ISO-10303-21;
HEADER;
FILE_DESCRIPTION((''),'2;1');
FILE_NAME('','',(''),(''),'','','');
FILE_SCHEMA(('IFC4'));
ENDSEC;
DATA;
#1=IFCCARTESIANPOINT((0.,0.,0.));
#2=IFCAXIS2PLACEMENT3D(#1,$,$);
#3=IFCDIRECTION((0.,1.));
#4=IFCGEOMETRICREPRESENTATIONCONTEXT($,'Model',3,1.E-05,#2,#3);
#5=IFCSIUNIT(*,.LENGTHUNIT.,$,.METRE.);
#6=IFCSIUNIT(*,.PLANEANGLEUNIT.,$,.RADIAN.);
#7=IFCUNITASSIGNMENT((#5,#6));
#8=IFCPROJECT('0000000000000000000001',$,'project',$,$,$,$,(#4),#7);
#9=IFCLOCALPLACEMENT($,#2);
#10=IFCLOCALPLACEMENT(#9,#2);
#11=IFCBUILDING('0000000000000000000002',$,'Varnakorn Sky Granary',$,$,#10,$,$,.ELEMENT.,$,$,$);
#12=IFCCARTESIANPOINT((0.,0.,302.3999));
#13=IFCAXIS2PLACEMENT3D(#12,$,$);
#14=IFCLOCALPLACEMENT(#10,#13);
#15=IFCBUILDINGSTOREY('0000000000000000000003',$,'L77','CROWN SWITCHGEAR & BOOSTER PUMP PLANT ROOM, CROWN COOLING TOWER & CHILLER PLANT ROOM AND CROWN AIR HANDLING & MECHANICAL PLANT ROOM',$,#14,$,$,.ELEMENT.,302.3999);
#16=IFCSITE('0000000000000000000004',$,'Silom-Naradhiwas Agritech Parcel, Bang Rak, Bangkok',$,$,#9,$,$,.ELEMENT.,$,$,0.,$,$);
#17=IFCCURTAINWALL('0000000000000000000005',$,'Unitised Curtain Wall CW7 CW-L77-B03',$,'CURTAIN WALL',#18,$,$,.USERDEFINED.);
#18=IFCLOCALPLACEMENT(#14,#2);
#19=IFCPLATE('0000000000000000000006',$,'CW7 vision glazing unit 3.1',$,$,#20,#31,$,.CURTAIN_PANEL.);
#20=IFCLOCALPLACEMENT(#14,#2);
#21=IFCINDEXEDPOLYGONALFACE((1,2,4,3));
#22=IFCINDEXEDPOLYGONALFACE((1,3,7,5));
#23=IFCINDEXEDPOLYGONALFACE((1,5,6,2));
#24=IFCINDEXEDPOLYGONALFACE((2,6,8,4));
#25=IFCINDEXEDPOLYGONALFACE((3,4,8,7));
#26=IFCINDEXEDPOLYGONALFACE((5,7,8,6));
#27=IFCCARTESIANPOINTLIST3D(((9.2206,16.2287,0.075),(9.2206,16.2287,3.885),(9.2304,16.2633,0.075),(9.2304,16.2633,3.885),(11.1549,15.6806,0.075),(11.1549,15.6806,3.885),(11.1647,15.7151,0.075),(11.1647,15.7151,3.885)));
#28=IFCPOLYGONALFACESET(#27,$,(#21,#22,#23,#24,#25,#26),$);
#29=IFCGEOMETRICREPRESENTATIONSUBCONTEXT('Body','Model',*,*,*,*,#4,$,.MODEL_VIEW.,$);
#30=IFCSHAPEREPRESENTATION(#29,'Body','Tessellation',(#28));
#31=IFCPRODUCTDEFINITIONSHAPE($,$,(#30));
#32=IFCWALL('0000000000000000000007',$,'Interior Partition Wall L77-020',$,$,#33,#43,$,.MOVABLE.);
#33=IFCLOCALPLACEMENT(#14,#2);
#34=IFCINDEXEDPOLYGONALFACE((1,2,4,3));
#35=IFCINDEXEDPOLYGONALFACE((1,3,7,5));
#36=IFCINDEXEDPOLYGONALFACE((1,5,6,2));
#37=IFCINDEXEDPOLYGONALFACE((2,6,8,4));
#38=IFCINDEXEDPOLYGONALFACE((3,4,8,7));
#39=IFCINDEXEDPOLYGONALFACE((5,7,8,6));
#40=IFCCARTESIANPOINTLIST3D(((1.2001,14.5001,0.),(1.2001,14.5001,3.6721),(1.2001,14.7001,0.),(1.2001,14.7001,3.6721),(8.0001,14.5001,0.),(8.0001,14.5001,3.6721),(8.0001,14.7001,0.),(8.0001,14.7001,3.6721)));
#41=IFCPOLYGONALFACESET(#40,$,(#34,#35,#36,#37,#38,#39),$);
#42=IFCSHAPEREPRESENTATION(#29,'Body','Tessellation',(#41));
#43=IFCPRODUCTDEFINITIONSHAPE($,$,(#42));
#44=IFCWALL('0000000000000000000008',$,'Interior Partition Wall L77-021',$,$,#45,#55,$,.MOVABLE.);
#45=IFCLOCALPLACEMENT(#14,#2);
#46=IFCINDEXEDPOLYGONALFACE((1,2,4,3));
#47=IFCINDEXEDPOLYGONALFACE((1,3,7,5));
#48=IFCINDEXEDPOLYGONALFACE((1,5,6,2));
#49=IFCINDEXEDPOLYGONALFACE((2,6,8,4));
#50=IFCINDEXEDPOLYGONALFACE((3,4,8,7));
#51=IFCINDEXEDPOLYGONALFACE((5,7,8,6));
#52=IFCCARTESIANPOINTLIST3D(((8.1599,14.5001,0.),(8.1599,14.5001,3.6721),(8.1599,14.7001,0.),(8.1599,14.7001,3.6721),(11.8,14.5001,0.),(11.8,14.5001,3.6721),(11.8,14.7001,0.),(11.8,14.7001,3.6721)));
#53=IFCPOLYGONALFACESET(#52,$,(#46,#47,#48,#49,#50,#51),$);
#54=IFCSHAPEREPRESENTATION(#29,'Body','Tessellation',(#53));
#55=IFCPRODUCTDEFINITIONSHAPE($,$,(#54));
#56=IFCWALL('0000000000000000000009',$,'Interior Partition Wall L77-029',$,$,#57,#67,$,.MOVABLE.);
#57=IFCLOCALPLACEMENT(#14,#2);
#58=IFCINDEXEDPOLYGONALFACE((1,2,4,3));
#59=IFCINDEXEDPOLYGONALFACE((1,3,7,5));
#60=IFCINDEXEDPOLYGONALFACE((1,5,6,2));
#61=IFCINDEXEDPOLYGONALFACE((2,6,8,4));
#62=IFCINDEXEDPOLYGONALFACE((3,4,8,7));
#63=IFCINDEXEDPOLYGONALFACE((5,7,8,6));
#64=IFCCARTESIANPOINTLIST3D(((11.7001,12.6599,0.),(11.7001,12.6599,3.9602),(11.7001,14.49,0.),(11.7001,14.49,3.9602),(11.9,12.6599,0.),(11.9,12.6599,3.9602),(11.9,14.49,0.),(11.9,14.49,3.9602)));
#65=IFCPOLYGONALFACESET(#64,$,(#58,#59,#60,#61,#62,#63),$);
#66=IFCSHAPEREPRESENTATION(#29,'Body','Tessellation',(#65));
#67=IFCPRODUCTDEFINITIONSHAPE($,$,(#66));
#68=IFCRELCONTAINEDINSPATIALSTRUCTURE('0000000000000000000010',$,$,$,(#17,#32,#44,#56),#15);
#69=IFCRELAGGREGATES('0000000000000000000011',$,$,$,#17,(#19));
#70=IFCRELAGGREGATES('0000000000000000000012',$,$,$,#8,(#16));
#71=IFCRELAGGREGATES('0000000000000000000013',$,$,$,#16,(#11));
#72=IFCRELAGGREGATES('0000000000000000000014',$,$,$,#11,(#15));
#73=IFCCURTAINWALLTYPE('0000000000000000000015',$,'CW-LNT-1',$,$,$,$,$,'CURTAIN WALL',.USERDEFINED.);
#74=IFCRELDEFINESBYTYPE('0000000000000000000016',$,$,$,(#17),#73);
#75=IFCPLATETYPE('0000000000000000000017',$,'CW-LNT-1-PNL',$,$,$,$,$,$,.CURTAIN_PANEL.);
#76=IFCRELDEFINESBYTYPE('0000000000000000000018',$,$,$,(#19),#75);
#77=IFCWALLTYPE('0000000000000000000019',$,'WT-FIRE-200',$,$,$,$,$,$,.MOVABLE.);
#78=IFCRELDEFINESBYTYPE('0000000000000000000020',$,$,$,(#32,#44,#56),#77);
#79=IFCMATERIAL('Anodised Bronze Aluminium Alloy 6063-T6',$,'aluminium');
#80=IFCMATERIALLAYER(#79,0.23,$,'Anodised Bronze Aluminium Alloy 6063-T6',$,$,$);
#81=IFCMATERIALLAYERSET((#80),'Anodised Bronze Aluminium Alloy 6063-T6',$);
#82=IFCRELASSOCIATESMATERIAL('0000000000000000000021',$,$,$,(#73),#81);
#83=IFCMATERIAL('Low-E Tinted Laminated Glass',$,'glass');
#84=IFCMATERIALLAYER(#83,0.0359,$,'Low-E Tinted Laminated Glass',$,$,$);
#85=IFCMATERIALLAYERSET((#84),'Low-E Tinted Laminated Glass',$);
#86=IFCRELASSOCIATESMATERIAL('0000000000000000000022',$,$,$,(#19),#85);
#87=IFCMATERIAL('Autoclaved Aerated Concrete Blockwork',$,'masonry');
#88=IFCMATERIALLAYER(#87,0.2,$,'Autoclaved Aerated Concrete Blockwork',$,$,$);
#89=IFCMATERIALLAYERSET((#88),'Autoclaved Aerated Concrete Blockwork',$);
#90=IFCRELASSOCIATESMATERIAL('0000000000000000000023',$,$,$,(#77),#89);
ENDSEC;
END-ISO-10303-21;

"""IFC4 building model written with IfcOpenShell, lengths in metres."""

from ifc_helpers import new_model, si_unit, direction, frame, frame_2d, origin, origin_2d, place, context, subcontext, project, spatial, rectangle, extrude, source, transform, mapped, material, layer, layer_set, type_object, element, aggregate, save


model = new_model("IFC4")

# Units and contexts
model_context = context("Model", 3, precision=1e-05, world=origin(), true_north=direction((0.0, 1.0)))
body_context = subcontext(model_context, "Body", "Model", "MODEL_VIEW")
ifc_project = project(units=[si_unit("LENGTHUNIT", "METRE"), si_unit("PLANEANGLEUNIT", "RADIAN")], contexts=[model_context])

# Site, building, storey
site_placement = place(None, origin())
site = spatial("IfcSite", under=ifc_project, at=site_placement, Name="Silom-Naradhiwas Agritech Parcel, Bang Rak, Bangkok", CompositionType="ELEMENT", RefElevation=0.0)
building_placement = place(site_placement, origin())
building = spatial("IfcBuilding", under=site, at=building_placement, Name="Varnakorn Sky Granary", CompositionType="ELEMENT")
storey_placement = place(building_placement, frame((0.0, 0.0, 302.3999)))
storey = spatial("IfcBuildingStorey", under=building, at=storey_placement, Name="L77", Description="CROWN SWITCHGEAR & BOOSTER PUMP PLANT ROOM, CROWN COOLING TOWER & CHILLER PLANT ROOM AND CROWN AIR HANDLING & MECHANICAL PLANT ROOM", CompositionType="ELEMENT", Elevation=302.3999)

# Curtain wall
ifc_material_1 = material(Name="Anodised Bronze Aluminium Alloy 6063-T6", Category="aluminium")
ifc_layer_1 = layer(ifc_material_1, 0.23, Name="Anodised Bronze Aluminium Alloy 6063-T6")
ifc_layer_set_1 = layer_set([ifc_layer_1], Name="Anodised Bronze Aluminium Alloy 6063-T6")
curtain_wall_type = type_object("IfcCurtainWallType", Name="CW-LNT-1", ElementType="CURTAIN WALL", PredefinedType="USERDEFINED", material=ifc_layer_set_1)
curtain_wall_placement = place(storey_placement, origin())
curtain_wall = element("IfcCurtainWall", 1, at=curtain_wall_placement, inside=storey, type_object=curtain_wall_type, Name="Unitised Curtain Wall CW7 CW-L77-B03", ObjectType="CURTAIN WALL", PredefinedType="USERDEFINED")

# Plate
plate_type = type_object("IfcPlateType", Name="CW-LNT-1-PNL", PredefinedType="CURTAIN_PANEL")
shared_shape_1 = source(origin(), body_context, "Body", "SweptSolid", [
    extrude(rectangle(XDim=2.0105, YDim=0.0359, at=origin_2d()), origin(), (0.0, 0.0, 1.0), 3.8101),
])
ifc_material_2 = material(Name="Low-E Tinted Laminated Glass", Category="glass")
ifc_layer_2 = layer(ifc_material_2, 0.0359, Name="Low-E Tinted Laminated Glass")
ifc_layer_set_2 = layer_set([ifc_layer_2], Name="Low-E Tinted Laminated Glass")
plate_1_placement = place(storey_placement, frame((10.1926, 15.9719, 0.075), z_axis=(0.0, 0.0, 1.0), x_axis=(0.962113, -0.27265, 0.0)))
plate_1 = element("IfcPlate", 2, at=plate_1_placement, type_object=plate_type, material=ifc_layer_set_2, Name="CW7 vision glazing unit 3.1", PredefinedType="CURTAIN_PANEL", context=body_context, shape_type="MappedRepresentation", body=[
    mapped(shared_shape_1, transform((0.0, 0.0, 0.0), x_axis=(1.0, 0.0, 0.0), y_axis=(0.0, 1.0, 0.0), z_axis=(0.0, 0.0, 1.0), scale=1.0)),
])
aggregate(curtain_wall, [plate_1])

# Walls
ifc_material_3 = material(Name="Autoclaved Aerated Concrete Blockwork", Category="masonry")
ifc_layer_3 = layer(ifc_material_3, 0.2, Name="Autoclaved Aerated Concrete Blockwork")
ifc_layer_set_3 = layer_set([ifc_layer_3], Name="Autoclaved Aerated Concrete Blockwork")
wall_type = type_object("IfcWallType", Name="WT-FIRE-200", PredefinedType="MOVABLE", material=ifc_layer_set_3)
wall_1_placement = place(storey_placement, frame((8.0, 14.6001, 0.0), z_axis=(0.0, 0.0, 1.0), x_axis=(-1.0, 0.0, 0.0)))
element("IfcWall", 3, at=wall_1_placement, inside=storey, type_object=wall_type, Name="Interior Partition Wall L77-020", PredefinedType="MOVABLE", context=body_context, shape_type="SweptSolid", body=[
    extrude(rectangle(XDim=6.8, YDim=0.2, at=frame_2d((3.3999, 0.0))), origin(), (0.0, 0.0, 1.0), 3.6721),
])
wall_2_placement = place(storey_placement, frame((11.8, 14.6001, 0.0), z_axis=(0.0, 0.0, 1.0), x_axis=(-1.0, 0.0, 0.0)))
element("IfcWall", 4, at=wall_2_placement, inside=storey, type_object=wall_type, Name="Interior Partition Wall L77-021", PredefinedType="MOVABLE", context=body_context, shape_type="SweptSolid", body=[
    extrude(rectangle(XDim=3.6401, YDim=0.2, at=frame_2d((1.8201, 0.0))), origin(), (0.0, 0.0, 1.0), 3.6721),
])
wall_3_placement = place(storey_placement, frame((11.8, 12.6599, 0.0), z_axis=(0.0, 0.0, 1.0), x_axis=(0.0, 1.0, 0.0)))
element("IfcWall", 5, at=wall_3_placement, inside=storey, type_object=wall_type, Name="Interior Partition Wall L77-029", PredefinedType="MOVABLE", context=body_context, shape_type="SweptSolid", body=[
    extrude(rectangle(XDim=1.8301, YDim=0.2, at=frame_2d((0.915, 0.0))), origin(), (0.0, 0.0, 1.0), 3.9602),
])

save(model, "model.ifc")
